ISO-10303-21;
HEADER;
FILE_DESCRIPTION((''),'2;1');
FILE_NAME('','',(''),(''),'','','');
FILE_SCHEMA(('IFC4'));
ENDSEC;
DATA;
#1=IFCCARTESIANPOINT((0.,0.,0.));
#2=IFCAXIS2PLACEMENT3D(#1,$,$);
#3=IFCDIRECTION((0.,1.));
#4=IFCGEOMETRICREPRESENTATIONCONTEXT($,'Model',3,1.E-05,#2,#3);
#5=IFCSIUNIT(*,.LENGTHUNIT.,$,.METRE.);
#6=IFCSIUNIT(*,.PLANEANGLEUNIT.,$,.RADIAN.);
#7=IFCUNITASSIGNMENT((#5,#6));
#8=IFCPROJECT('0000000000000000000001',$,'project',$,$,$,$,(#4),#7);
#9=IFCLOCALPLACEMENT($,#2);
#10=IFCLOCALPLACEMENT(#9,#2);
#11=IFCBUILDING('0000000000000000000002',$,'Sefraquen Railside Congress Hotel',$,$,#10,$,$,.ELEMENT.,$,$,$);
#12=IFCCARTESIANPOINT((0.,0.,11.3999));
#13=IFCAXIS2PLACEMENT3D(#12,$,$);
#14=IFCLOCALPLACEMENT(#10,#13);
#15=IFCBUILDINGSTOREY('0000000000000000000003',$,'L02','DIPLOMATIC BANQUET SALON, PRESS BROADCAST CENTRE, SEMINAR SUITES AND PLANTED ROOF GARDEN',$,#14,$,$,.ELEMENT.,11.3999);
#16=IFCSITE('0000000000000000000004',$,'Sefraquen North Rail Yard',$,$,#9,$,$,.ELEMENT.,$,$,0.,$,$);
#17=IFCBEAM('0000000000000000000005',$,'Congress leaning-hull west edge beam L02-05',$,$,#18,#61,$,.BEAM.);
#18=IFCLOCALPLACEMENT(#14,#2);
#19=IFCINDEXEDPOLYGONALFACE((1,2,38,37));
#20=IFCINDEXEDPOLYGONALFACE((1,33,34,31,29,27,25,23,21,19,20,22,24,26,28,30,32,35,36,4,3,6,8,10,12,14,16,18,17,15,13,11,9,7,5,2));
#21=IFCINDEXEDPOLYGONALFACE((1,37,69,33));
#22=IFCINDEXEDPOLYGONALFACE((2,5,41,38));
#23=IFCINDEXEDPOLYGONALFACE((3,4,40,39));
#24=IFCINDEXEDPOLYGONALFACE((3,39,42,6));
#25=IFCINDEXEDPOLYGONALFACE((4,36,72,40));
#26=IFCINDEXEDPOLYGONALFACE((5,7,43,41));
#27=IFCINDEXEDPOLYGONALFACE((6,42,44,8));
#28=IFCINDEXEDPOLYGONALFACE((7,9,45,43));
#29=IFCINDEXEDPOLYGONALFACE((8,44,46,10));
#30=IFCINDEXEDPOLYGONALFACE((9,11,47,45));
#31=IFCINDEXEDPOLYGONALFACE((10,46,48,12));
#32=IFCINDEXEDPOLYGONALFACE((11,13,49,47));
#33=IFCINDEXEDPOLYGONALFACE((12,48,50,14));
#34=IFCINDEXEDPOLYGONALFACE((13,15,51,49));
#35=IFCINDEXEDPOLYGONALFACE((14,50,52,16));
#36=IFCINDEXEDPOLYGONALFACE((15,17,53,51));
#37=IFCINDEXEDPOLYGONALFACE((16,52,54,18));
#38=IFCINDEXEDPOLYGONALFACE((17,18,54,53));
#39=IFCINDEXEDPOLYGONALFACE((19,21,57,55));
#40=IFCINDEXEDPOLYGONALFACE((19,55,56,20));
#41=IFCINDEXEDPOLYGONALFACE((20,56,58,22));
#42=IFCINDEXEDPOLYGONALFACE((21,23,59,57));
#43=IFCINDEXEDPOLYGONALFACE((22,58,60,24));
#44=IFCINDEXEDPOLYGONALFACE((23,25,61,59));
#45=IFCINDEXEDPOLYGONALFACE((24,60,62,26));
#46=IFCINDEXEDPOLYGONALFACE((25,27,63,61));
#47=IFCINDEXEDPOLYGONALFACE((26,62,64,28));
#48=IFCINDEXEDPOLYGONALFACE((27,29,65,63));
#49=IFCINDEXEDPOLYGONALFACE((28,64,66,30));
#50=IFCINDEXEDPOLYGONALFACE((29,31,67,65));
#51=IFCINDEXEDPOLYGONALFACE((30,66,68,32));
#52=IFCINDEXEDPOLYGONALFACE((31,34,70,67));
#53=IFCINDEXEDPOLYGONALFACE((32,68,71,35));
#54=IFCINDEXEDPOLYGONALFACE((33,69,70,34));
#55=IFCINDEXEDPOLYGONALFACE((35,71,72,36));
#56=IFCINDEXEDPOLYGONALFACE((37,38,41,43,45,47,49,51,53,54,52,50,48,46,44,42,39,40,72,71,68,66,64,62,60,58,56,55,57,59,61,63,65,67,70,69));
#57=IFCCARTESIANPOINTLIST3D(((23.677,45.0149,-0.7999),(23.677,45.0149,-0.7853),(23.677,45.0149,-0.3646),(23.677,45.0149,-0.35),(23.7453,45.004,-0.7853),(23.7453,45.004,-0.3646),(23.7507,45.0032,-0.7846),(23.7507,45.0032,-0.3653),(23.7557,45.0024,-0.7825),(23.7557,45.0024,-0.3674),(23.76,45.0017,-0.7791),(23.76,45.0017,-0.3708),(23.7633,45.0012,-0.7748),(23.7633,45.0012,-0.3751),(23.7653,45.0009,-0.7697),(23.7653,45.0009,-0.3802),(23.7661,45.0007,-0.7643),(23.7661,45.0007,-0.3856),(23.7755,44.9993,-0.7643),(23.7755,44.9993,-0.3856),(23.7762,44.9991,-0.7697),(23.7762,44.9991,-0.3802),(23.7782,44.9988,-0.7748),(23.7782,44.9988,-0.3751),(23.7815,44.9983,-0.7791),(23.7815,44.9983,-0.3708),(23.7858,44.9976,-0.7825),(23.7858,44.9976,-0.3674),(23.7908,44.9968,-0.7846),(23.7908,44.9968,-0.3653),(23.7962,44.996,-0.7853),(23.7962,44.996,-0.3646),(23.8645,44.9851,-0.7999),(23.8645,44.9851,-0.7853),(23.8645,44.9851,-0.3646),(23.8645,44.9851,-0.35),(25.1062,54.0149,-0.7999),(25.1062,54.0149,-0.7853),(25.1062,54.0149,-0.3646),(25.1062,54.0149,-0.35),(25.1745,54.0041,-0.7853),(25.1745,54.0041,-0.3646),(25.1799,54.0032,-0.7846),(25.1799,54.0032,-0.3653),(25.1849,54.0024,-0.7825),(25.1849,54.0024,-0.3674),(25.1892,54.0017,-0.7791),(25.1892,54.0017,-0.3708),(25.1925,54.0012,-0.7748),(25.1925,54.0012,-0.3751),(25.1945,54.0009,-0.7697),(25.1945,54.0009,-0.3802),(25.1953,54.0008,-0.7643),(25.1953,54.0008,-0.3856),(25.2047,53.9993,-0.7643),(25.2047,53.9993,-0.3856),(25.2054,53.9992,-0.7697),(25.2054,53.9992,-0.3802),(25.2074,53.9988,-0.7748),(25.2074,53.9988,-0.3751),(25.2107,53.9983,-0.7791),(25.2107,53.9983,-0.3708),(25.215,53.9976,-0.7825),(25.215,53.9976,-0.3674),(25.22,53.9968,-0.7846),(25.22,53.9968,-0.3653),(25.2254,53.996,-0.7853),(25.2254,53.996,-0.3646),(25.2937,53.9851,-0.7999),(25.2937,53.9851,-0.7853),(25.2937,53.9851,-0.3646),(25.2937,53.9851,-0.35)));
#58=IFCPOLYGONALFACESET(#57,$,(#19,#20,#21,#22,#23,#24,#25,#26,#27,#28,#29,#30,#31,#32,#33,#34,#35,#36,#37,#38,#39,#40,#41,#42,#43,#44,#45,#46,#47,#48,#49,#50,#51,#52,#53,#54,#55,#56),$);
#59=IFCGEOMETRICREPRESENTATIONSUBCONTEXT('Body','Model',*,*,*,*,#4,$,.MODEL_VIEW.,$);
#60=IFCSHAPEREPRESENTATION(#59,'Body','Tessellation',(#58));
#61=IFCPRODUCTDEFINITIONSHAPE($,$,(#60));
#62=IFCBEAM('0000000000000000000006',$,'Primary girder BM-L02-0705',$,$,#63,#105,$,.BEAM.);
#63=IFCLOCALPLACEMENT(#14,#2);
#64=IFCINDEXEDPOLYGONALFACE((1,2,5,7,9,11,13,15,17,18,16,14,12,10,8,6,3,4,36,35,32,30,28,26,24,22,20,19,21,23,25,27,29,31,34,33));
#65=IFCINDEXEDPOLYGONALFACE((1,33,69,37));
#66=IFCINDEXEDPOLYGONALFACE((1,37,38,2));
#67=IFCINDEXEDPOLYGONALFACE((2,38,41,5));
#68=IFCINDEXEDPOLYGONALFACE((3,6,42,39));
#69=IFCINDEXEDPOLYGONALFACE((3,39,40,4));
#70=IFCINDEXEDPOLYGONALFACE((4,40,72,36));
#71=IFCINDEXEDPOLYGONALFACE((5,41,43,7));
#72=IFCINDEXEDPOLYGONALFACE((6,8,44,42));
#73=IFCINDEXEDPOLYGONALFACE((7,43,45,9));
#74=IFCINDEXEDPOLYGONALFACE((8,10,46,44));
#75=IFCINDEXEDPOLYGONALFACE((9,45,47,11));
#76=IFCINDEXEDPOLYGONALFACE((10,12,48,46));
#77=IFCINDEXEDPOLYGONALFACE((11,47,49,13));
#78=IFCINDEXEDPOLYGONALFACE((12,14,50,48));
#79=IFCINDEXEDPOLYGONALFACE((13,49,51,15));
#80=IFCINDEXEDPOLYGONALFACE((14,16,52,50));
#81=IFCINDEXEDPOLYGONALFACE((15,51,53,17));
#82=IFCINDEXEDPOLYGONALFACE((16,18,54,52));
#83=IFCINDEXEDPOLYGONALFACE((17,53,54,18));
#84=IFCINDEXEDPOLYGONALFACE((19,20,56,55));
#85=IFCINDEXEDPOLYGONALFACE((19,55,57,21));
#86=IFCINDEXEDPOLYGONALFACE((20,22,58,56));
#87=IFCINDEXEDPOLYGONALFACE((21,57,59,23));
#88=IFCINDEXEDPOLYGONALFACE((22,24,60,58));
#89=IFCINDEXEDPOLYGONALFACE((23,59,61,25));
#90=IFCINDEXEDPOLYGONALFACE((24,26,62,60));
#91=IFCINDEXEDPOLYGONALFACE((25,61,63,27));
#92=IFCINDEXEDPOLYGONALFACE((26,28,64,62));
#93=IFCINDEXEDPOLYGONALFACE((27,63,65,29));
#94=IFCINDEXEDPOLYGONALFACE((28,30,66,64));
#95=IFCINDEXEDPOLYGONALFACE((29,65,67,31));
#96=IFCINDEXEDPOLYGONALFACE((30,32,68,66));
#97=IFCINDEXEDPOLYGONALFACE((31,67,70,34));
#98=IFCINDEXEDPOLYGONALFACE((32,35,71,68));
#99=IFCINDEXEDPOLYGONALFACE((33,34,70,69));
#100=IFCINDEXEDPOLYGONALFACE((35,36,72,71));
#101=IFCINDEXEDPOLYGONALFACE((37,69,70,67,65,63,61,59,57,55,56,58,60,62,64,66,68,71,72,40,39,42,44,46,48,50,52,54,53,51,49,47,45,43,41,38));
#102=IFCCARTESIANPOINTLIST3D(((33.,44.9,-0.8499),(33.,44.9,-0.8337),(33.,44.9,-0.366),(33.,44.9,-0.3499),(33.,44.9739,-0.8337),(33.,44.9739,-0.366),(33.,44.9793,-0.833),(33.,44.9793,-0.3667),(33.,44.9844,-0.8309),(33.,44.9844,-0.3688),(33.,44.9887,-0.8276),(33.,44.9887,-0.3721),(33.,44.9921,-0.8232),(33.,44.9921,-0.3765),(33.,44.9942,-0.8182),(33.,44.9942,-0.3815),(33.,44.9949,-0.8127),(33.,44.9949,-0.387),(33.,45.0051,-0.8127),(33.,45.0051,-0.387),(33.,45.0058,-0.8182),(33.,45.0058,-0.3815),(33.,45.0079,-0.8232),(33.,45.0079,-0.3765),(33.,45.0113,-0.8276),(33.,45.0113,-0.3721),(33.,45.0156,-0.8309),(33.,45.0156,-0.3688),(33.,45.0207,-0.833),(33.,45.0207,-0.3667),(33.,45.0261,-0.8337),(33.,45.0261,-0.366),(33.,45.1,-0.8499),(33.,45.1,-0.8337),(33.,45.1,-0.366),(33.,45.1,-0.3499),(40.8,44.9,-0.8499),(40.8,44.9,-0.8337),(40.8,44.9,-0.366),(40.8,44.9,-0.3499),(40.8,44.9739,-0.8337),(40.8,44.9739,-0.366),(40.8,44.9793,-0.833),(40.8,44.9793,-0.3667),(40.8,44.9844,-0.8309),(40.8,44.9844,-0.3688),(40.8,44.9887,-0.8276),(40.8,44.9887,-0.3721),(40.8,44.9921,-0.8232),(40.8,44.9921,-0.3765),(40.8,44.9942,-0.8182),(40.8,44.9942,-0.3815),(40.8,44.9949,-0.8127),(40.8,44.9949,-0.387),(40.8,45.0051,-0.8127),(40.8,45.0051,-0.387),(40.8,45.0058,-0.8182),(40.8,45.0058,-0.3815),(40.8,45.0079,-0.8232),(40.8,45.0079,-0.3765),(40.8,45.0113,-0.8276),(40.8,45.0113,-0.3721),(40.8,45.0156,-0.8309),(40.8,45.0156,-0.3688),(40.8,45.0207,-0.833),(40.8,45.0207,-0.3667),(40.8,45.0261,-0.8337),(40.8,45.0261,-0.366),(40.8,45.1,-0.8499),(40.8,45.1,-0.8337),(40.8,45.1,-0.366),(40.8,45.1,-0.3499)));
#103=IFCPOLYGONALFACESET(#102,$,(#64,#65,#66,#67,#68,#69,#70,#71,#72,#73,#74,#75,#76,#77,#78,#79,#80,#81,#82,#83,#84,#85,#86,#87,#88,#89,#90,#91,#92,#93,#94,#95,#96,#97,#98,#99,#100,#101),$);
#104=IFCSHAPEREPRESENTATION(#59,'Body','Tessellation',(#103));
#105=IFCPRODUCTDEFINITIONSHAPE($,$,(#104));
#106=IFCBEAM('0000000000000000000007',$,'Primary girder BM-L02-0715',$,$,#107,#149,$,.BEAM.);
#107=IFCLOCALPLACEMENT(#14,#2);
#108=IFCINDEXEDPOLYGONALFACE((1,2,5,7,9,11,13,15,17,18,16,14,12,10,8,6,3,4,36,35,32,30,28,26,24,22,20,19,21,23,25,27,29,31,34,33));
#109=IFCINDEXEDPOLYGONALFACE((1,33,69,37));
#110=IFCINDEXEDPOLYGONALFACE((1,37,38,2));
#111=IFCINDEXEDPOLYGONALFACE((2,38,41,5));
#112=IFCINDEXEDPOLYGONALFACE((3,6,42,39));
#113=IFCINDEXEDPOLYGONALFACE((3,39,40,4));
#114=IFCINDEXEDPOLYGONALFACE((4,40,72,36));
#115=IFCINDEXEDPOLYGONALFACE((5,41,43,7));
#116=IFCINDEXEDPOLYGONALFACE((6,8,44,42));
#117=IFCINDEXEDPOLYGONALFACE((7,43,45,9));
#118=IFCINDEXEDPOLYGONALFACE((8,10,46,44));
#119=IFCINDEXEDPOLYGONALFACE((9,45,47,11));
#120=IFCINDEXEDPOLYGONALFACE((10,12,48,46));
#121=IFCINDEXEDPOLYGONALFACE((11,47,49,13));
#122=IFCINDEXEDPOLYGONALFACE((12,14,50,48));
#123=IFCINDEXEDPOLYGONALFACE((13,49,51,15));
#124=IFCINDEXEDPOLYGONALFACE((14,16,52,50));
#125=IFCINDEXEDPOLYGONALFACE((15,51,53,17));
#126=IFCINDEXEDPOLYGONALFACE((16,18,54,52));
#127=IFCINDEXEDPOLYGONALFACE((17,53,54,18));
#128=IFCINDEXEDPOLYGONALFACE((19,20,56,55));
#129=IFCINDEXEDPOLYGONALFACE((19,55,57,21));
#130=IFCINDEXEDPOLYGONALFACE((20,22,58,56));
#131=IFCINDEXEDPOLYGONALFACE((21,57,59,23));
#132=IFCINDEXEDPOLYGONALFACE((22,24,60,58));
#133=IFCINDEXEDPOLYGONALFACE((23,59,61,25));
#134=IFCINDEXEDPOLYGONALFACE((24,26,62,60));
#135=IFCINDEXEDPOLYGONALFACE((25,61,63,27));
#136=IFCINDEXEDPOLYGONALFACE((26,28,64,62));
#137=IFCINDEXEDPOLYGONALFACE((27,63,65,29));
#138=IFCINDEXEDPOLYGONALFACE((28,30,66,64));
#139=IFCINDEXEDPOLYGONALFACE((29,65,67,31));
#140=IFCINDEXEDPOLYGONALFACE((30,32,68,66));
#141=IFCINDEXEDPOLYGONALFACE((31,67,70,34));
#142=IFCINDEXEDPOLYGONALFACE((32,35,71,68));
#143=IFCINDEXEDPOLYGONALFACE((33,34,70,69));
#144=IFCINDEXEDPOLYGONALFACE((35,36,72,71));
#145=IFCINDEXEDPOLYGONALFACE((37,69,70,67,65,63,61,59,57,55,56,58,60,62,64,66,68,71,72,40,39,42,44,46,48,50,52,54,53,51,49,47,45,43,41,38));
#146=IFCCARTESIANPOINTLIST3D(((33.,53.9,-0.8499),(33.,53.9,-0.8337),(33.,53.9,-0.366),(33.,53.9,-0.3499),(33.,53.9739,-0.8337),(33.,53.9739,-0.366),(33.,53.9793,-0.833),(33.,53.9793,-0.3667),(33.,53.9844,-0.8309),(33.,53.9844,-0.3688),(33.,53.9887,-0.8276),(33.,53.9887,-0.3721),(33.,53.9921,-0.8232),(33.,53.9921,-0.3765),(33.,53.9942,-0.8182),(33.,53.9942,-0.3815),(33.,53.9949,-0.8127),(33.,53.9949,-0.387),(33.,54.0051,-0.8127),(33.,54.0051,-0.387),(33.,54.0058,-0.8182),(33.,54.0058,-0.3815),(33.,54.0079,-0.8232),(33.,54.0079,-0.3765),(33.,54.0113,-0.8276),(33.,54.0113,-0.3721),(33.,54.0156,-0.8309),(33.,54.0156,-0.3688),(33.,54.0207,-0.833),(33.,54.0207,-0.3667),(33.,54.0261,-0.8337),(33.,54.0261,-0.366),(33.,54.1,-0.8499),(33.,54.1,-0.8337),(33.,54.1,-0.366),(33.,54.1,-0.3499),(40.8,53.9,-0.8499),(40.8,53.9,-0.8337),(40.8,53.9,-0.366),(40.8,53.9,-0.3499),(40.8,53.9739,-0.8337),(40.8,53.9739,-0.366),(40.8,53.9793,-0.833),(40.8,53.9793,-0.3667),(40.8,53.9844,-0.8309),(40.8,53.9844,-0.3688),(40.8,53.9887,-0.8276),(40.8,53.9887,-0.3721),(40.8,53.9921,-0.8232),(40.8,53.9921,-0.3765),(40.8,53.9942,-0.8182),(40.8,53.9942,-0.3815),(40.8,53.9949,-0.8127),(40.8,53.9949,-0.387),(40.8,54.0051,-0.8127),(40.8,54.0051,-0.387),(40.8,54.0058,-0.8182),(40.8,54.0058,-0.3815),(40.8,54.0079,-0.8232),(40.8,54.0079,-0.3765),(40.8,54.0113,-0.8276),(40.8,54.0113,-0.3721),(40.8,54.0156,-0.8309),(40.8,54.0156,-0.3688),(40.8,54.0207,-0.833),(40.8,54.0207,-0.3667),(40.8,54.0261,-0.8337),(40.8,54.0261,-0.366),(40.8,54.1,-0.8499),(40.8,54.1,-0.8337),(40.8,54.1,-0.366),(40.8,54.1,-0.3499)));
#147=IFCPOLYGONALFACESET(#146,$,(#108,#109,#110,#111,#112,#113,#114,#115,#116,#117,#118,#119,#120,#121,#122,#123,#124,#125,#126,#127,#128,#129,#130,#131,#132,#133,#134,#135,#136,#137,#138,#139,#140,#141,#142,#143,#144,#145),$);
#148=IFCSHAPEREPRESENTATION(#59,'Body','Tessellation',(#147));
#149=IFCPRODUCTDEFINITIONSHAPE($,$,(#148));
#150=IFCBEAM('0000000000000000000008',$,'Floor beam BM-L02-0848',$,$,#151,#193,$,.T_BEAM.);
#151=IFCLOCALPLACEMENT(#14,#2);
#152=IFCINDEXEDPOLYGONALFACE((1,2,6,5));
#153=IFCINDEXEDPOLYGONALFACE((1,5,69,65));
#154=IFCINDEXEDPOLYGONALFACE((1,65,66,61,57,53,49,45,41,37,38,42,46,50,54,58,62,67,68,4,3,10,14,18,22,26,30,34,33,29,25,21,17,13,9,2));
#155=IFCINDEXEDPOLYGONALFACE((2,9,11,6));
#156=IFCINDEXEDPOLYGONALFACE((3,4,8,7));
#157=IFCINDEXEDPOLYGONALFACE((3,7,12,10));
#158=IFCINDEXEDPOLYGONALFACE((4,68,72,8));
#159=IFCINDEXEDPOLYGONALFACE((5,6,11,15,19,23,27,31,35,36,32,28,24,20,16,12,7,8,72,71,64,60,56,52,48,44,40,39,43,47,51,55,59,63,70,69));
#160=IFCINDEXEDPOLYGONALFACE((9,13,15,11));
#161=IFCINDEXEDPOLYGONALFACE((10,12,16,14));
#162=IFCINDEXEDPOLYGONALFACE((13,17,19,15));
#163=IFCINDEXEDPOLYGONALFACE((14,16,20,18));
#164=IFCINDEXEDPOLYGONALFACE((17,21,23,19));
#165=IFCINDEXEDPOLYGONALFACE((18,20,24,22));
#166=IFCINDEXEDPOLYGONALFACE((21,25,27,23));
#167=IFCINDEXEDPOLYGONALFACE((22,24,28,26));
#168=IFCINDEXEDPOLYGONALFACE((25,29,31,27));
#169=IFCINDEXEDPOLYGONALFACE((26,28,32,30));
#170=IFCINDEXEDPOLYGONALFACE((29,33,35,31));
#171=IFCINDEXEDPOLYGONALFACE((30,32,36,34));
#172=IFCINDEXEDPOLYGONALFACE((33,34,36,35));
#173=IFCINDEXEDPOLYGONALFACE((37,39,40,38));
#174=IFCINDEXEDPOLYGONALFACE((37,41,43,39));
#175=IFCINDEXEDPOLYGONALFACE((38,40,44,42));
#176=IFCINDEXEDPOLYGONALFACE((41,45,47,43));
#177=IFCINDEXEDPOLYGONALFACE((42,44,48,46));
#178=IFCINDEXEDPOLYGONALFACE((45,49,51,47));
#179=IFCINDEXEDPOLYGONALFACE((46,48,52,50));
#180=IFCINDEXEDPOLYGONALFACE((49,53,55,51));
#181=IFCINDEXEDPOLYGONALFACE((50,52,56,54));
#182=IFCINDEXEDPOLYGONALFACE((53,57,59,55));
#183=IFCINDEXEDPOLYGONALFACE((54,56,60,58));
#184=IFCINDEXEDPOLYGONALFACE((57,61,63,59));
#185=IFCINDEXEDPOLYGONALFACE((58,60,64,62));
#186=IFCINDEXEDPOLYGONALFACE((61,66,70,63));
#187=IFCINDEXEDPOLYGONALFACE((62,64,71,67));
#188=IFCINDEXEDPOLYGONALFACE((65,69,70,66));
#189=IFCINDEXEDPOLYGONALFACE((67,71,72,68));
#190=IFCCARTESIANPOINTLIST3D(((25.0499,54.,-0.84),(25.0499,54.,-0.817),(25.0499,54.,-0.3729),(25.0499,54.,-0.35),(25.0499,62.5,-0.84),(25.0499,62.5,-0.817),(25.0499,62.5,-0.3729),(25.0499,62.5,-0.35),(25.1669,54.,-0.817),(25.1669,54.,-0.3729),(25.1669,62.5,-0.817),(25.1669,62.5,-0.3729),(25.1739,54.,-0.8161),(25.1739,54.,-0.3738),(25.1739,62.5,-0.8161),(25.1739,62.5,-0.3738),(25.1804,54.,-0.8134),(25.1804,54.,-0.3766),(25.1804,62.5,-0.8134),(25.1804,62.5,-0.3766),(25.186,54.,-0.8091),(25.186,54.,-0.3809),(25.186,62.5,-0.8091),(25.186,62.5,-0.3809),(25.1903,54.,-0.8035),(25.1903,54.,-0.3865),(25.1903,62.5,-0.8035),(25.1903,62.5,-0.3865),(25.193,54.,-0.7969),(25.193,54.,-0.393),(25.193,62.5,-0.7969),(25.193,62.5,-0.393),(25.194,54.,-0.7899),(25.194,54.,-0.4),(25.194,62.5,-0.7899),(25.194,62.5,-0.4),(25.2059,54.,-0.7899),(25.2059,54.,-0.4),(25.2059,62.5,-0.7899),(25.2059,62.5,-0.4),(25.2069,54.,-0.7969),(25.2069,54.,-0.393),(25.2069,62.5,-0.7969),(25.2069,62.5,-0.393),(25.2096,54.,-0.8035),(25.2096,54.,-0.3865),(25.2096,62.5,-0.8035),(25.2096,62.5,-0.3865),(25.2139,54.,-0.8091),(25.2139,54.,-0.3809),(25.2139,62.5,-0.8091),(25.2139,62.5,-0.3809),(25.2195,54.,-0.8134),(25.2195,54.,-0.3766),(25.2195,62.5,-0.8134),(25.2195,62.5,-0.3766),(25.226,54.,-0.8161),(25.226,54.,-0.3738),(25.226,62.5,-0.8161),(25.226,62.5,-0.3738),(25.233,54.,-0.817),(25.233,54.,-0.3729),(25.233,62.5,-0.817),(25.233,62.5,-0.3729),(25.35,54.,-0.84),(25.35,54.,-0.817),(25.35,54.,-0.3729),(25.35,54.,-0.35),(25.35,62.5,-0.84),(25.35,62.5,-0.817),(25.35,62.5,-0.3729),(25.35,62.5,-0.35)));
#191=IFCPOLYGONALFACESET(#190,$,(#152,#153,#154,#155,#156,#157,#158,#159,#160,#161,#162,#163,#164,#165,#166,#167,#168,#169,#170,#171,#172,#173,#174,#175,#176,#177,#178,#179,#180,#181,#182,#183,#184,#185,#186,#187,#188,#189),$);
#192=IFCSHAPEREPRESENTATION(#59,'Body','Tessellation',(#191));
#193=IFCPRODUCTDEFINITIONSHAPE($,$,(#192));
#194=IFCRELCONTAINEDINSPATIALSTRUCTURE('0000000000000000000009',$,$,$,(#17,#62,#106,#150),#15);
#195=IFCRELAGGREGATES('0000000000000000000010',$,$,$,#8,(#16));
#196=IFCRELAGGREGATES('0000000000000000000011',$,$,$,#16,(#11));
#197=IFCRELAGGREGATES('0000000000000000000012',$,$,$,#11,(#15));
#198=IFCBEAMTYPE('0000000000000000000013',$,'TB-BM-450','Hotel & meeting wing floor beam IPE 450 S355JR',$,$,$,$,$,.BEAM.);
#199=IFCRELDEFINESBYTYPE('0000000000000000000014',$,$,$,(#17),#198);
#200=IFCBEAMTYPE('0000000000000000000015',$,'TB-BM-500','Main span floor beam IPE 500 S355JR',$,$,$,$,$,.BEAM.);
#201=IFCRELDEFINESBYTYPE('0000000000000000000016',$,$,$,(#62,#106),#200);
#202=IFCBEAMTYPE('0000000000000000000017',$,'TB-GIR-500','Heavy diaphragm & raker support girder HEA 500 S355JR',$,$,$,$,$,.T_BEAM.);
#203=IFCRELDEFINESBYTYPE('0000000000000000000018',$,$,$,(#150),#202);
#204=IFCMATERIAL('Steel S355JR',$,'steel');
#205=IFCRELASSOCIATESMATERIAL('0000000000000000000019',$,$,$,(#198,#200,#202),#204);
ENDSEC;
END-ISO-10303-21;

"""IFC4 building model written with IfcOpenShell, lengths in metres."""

from ifc_helpers import new_model, si_unit, direction, frame, origin, origin_2d, place, context, subcontext, project, spatial, i_section, extrude, material, material_profile, profile_set, type_object, element, save


model = new_model("IFC4")

# Units and contexts
model_context = context("Model", 3, precision=1e-05, world=origin(), true_north=direction((0.0, 1.0)))
body_context = subcontext(model_context, "Body", "Model", "MODEL_VIEW")
ifc_project = project(units=[si_unit("LENGTHUNIT", "METRE"), si_unit("PLANEANGLEUNIT", "RADIAN")], contexts=[model_context])

# Site, building, storey
site_placement = place(None, origin())
site = spatial("IfcSite", under=ifc_project, at=site_placement, Name="Sefraquen North Rail Yard", CompositionType="ELEMENT", RefElevation=0.0)
building_placement = place(site_placement, origin())
building = spatial("IfcBuilding", under=site, at=building_placement, Name="Sefraquen Railside Congress Hotel", CompositionType="ELEMENT")
storey_placement = place(building_placement, frame((0.0, 0.0, 11.3999)))
storey = spatial("IfcBuildingStorey", under=building, at=storey_placement, Name="L02", Description="DIPLOMATIC BANQUET SALON, PRESS BROADCAST CENTRE, SEMINAR SUITES AND PLANTED ROOF GARDEN", CompositionType="ELEMENT", Elevation=11.3999)

# Shared definitions
ifc_material_1 = material(Name="Steel S355JR", Category="steel")

# Beams
ifc_material_profile_1 = material_profile(ifc_material_1, i_section(OverallWidth=0.1899, OverallDepth=0.45, WebThickness=0.0095, FlangeThickness=0.0146, FilletRadius=0.021, at=origin_2d()), Name="IPE 450")
ifc_profile_set_1 = profile_set([ifc_material_profile_1], Name="Steel S355JR")
beam_type_1 = type_object("IfcBeamType", Name="TB-BM-450", Description="Hotel & meeting wing floor beam IPE 450 S355JR", PredefinedType="BEAM", material=ifc_profile_set_1)
beam_1_placement = place(storey_placement, frame((23.7708, 45.0, -0.575), z_axis=(0.156835, 0.987625, 0.0), x_axis=(-0.987625, 0.156835, 0.0)))
element("IfcBeam", 1, at=beam_1_placement, inside=storey, type_object=beam_type_1, Name="Congress leaning-hull west edge beam L02-05", PredefinedType="BEAM", context=body_context, shape_type="SweptSolid", body=[
    extrude(i_section(OverallWidth=0.1899, OverallDepth=0.45, WebThickness=0.0095, FlangeThickness=0.0146, FilletRadius=0.021, at=origin_2d()), origin(), (0.0, 0.0, 1.0), 9.1128),
])
ifc_material_profile_2 = material_profile(ifc_material_1, i_section(OverallWidth=0.2, OverallDepth=0.5, WebThickness=0.0103, FlangeThickness=0.0161, FilletRadius=0.021, at=origin_2d()), Name="IPE 500")
ifc_profile_set_2 = profile_set([ifc_material_profile_2], Name="Steel S355JR")
beam_type_2 = type_object("IfcBeamType", Name="TB-BM-500", Description="Main span floor beam IPE 500 S355JR", PredefinedType="BEAM", material=ifc_profile_set_2)
for number, where, z_axis, x_axis, name in (
    (2, (33.0, 45.0, -0.5999), (1.0, 0.0, 0.0), (0.0, 1.0, 0.0), "Primary girder BM-L02-0705"),
    (3, (33.0, 54.0, -0.5999), (1.0, 0.0, 0.0), (0.0, 1.0, 0.0), "Primary girder BM-L02-0715"),
):
    element("IfcBeam", number, at=place(storey_placement, frame(where, z_axis=z_axis, x_axis=x_axis)), inside=storey, type_object=beam_type_2, Name=name, PredefinedType="BEAM", context=body_context, shape_type="SweptSolid", body=[
        extrude(i_section(OverallWidth=0.2, OverallDepth=0.5, WebThickness=0.0103, FlangeThickness=0.0161, FilletRadius=0.021, at=origin_2d()), origin(), (0.0, 0.0, 1.0), 7.8),
    ])
ifc_material_profile_3 = material_profile(ifc_material_1, i_section(OverallWidth=0.3, OverallDepth=0.49, WebThickness=0.012, FlangeThickness=0.0229, FilletRadius=0.0271, at=origin_2d()), Name="HEA 500")
ifc_profile_set_3 = profile_set([ifc_material_profile_3], Name="Steel S355JR")
beam_type_3 = type_object("IfcBeamType", Name="TB-GIR-500", Description="Heavy diaphragm & raker support girder HEA 500 S355JR", PredefinedType="T_BEAM", material=ifc_profile_set_3)
beam_2_placement = place(storey_placement, frame((25.2, 54.0, -0.595), z_axis=(0.0, 1.0, 0.0), x_axis=(-1.0, 0.0, 0.0)))
element("IfcBeam", 4, at=beam_2_placement, inside=storey, type_object=beam_type_3, Name="Floor beam BM-L02-0848", PredefinedType="T_BEAM", context=body_context, shape_type="SweptSolid", body=[
    extrude(i_section(OverallWidth=0.3, OverallDepth=0.49, WebThickness=0.012, FlangeThickness=0.0229, FilletRadius=0.0271, at=origin_2d()), origin(), (0.0, 0.0, 1.0), 8.5),
])

save(model, "model.ifc")
